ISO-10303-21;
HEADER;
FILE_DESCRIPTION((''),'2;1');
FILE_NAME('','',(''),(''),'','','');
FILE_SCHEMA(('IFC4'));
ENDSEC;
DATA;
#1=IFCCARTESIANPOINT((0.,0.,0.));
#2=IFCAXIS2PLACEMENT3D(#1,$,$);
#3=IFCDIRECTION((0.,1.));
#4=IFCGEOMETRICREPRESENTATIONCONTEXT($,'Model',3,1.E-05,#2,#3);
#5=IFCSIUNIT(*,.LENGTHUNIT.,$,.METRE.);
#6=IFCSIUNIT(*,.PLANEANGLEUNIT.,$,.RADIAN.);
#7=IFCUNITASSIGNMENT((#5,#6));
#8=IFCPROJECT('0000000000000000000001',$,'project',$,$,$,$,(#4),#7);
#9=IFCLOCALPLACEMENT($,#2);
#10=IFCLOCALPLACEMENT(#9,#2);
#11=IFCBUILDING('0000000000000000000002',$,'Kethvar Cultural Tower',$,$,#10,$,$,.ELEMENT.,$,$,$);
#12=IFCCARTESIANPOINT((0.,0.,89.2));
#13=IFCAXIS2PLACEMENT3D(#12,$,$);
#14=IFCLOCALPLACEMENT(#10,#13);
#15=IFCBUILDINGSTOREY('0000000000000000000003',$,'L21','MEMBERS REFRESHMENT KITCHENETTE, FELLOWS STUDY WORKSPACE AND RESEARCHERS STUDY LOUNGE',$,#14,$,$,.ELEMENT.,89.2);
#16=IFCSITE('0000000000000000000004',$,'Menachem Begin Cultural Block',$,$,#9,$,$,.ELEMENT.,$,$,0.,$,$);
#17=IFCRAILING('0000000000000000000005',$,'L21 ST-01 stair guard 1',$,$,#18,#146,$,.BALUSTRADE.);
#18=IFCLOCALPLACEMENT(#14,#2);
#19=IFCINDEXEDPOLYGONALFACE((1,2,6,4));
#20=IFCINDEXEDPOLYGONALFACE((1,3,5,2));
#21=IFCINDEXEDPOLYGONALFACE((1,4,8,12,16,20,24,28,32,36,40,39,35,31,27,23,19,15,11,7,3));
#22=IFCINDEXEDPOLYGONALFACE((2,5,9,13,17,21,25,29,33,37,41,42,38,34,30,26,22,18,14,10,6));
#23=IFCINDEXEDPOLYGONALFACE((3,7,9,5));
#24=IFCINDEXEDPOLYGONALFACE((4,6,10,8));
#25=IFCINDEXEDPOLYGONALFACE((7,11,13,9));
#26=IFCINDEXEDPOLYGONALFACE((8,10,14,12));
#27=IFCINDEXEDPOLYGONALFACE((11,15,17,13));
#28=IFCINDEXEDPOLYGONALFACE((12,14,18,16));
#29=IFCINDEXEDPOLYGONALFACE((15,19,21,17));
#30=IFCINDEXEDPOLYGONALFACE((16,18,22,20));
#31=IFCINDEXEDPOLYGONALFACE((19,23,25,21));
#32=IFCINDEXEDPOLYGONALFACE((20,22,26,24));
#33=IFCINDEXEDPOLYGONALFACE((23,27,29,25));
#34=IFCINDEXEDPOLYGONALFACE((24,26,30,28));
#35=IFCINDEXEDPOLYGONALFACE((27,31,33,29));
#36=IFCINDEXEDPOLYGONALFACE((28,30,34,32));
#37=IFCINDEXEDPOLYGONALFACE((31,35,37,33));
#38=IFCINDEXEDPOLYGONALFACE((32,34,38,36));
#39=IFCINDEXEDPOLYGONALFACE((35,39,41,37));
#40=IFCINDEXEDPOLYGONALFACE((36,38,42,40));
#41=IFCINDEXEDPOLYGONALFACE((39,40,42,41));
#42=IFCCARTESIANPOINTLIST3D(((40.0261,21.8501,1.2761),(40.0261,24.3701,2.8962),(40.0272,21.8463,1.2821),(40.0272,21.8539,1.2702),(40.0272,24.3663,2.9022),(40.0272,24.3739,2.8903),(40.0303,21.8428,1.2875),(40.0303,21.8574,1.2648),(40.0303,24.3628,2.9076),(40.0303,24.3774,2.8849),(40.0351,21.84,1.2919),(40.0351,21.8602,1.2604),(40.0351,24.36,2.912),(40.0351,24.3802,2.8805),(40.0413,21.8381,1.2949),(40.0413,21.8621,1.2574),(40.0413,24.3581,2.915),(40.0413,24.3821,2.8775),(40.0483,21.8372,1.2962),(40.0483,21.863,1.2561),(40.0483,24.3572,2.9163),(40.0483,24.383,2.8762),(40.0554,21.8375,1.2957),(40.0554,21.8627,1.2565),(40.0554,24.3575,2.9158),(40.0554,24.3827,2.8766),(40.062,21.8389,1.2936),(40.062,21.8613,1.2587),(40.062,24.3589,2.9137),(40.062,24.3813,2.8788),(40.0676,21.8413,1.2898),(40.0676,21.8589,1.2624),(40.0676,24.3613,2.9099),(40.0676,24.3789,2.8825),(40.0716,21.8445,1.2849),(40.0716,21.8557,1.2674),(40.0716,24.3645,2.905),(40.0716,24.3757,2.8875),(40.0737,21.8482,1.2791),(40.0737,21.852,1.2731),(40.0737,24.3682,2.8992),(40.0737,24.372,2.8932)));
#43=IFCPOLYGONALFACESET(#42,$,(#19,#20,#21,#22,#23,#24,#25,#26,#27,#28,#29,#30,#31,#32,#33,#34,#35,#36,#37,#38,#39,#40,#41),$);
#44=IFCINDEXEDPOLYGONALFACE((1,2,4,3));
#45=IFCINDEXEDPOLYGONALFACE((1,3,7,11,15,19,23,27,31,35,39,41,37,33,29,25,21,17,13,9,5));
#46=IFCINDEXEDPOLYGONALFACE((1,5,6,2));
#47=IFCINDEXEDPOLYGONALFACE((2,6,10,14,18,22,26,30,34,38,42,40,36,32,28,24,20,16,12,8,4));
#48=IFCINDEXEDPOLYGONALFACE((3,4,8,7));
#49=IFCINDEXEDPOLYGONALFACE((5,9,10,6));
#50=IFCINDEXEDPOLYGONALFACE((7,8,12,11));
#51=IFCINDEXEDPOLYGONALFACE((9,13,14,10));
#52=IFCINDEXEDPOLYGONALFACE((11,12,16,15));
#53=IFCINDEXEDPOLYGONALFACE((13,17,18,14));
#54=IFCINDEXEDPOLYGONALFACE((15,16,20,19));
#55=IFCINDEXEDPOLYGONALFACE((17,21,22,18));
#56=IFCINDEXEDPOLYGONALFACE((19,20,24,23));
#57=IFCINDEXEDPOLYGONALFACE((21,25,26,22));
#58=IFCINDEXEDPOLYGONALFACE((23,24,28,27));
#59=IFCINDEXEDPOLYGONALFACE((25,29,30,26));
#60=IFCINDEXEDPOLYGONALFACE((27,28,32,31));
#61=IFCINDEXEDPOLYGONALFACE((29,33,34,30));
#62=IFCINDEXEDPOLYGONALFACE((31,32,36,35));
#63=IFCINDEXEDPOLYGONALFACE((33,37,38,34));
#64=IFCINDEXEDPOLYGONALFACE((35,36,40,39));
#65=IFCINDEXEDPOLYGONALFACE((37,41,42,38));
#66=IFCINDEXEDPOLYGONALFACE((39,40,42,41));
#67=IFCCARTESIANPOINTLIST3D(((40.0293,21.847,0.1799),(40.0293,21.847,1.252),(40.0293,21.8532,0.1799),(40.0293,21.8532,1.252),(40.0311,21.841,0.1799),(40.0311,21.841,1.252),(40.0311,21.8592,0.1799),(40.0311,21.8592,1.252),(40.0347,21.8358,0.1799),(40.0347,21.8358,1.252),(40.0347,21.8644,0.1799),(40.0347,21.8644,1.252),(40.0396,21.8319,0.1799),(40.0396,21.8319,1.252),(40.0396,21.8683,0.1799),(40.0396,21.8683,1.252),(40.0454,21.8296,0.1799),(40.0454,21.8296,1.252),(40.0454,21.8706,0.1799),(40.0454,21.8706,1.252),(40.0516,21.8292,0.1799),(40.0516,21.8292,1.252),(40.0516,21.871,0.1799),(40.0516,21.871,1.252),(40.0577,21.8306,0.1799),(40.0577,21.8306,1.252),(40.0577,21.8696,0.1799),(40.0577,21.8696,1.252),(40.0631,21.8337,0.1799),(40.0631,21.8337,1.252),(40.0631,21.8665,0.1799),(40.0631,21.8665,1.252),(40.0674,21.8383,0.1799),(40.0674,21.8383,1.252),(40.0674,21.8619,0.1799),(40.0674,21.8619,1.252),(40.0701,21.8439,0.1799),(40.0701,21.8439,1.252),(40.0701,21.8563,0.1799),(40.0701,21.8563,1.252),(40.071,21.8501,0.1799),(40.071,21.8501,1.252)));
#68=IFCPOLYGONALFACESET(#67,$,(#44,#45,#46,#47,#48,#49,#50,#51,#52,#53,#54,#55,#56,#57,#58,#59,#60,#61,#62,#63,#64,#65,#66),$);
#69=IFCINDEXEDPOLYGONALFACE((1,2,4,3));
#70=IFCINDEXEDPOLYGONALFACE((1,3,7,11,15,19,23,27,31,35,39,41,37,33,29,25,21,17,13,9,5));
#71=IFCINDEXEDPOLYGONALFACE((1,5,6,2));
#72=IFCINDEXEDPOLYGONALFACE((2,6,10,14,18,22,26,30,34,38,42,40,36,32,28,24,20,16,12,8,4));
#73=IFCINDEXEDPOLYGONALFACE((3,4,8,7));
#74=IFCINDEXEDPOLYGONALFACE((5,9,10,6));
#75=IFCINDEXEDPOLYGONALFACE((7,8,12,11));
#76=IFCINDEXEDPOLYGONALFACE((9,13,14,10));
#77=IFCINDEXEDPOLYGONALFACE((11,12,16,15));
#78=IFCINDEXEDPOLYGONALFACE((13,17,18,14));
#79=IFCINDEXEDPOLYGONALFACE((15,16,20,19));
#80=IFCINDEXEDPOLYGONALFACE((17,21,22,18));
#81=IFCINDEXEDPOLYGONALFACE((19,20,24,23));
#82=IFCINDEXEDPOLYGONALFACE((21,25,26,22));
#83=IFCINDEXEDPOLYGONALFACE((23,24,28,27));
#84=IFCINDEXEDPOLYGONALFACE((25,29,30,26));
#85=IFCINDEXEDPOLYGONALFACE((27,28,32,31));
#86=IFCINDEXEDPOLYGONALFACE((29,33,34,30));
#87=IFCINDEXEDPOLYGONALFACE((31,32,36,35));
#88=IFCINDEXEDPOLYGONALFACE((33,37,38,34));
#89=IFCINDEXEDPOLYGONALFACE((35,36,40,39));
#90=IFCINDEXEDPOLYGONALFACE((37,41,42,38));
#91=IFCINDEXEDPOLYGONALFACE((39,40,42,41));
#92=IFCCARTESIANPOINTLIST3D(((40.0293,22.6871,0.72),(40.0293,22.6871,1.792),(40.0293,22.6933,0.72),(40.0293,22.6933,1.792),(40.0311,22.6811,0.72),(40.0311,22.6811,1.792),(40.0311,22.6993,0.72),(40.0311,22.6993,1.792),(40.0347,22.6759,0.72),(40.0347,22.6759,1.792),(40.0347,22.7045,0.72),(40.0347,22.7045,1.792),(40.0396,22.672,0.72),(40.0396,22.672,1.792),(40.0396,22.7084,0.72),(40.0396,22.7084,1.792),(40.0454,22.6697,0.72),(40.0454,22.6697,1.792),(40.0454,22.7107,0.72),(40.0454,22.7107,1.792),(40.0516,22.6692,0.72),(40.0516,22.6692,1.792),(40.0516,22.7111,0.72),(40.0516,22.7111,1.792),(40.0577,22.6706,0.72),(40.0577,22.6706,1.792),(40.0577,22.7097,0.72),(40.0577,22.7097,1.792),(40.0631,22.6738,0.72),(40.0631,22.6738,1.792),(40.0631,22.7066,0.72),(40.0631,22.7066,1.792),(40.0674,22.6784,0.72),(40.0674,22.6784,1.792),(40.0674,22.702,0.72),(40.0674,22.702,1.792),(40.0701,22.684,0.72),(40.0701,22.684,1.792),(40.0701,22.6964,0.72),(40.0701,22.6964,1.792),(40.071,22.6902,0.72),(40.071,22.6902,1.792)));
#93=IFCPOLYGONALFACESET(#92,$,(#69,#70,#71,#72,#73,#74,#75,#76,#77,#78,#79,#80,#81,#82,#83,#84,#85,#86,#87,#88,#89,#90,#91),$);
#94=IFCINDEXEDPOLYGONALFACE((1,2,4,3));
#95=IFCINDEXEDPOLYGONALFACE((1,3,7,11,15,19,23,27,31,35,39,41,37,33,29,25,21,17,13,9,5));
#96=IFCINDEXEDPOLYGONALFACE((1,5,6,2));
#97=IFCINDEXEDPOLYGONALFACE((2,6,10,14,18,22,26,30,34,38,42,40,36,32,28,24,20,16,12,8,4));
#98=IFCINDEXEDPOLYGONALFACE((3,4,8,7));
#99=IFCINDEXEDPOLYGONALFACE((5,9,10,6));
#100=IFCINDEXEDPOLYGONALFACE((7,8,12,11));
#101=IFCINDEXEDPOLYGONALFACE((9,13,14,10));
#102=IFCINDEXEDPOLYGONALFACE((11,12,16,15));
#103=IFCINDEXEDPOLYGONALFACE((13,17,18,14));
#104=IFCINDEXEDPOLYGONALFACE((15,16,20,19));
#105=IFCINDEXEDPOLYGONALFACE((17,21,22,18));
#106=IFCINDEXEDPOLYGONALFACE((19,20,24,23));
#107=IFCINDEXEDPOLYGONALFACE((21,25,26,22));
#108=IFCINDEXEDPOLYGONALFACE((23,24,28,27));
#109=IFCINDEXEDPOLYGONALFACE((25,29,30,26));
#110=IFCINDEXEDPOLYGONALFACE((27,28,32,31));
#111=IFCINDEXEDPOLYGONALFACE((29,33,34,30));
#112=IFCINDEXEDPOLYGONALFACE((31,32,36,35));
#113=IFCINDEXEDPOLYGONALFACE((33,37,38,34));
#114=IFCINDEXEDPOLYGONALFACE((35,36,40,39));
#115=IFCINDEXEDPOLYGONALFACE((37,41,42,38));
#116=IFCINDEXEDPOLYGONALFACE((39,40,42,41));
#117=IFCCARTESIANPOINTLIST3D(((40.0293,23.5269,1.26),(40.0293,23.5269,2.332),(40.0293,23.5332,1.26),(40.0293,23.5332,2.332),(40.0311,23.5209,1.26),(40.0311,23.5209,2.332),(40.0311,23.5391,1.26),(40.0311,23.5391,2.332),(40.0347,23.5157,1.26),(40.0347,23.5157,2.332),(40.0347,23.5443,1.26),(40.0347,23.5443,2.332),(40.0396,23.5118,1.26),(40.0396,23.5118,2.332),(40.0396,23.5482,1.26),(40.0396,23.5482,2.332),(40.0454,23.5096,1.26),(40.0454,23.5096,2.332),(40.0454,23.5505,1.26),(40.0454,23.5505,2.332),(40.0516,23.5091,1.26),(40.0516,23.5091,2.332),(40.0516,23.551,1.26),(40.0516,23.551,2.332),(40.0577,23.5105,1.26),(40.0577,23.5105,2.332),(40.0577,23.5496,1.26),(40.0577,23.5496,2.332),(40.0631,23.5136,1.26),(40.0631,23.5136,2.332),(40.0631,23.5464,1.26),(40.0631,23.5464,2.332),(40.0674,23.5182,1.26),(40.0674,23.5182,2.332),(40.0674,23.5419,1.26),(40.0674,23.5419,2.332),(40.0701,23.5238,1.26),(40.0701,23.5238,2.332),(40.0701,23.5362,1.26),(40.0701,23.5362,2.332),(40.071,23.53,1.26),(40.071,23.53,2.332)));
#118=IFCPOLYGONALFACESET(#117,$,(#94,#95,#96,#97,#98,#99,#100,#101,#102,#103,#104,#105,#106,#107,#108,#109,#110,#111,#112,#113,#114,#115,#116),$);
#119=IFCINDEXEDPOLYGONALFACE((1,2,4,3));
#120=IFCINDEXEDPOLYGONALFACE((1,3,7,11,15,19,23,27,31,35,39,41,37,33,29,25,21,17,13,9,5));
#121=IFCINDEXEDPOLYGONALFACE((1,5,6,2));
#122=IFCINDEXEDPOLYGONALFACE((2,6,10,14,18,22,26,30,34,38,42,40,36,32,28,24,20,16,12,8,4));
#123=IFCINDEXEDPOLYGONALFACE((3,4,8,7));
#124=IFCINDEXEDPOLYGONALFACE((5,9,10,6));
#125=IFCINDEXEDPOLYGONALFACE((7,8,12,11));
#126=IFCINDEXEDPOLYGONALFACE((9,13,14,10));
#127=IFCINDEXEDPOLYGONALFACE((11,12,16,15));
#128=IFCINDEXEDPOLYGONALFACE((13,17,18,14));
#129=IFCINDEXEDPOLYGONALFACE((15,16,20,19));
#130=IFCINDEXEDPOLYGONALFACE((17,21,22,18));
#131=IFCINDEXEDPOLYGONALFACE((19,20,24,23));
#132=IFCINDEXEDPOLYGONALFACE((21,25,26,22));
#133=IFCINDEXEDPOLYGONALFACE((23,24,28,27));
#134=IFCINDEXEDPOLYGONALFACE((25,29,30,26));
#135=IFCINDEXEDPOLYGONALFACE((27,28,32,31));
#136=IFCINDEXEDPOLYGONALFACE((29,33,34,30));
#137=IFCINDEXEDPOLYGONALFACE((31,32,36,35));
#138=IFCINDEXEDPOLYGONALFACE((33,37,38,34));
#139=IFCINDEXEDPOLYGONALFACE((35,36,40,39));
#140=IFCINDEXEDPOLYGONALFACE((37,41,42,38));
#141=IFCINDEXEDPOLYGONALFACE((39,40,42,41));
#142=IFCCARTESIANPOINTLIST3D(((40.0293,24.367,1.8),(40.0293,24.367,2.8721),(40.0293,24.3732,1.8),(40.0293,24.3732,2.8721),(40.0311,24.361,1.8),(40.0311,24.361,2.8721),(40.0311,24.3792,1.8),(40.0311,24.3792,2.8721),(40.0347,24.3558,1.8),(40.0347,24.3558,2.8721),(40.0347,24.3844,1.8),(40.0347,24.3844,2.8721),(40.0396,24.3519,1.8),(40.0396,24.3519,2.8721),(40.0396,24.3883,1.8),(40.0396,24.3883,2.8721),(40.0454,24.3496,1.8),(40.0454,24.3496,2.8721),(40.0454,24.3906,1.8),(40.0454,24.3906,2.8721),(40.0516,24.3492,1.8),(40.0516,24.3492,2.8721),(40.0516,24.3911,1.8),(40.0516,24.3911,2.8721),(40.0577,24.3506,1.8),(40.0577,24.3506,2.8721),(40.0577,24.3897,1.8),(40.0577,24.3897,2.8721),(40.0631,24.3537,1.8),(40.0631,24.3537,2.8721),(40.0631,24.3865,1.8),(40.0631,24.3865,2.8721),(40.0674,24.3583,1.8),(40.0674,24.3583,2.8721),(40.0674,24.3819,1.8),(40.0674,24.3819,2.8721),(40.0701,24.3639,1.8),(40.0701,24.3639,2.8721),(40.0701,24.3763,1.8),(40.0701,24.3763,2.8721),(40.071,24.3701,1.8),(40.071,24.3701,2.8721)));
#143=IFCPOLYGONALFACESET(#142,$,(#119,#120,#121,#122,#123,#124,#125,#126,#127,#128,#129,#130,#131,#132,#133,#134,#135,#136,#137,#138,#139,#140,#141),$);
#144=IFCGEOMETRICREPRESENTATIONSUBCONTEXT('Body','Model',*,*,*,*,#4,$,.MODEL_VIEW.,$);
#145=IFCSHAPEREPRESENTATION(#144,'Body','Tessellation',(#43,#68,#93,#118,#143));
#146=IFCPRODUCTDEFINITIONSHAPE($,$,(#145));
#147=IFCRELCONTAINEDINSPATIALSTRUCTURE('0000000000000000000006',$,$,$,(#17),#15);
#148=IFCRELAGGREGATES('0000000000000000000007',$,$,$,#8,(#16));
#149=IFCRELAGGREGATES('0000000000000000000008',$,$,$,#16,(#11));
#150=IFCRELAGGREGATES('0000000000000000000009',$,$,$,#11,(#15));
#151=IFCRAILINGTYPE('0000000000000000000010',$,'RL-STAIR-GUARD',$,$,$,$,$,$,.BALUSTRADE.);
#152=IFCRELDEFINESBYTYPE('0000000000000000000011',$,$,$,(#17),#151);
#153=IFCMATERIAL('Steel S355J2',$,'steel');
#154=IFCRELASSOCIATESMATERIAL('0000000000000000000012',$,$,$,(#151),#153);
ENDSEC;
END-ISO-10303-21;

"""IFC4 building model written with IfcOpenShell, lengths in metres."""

from ifc_helpers import new_model, si_unit, direction, frame, origin, origin_2d, place, context, subcontext, project, spatial, circle, extrude, material, type_object, element, save


model = new_model("IFC4")

# Units and contexts
model_context = context("Model", 3, precision=1e-05, world=origin(), true_north=direction((0.0, 1.0)))
body_context = subcontext(model_context, "Body", "Model", "MODEL_VIEW")
ifc_project = project(units=[si_unit("LENGTHUNIT", "METRE"), si_unit("PLANEANGLEUNIT", "RADIAN")], contexts=[model_context])

# Site, building, storey
site_placement = place(None, origin())
site = spatial("IfcSite", under=ifc_project, at=site_placement, Name="Menachem Begin Cultural Block", CompositionType="ELEMENT", RefElevation=0.0)
building_placement = place(site_placement, origin())
building = spatial("IfcBuilding", under=site, at=building_placement, Name="Kethvar Cultural Tower", CompositionType="ELEMENT")
storey_placement = place(building_placement, frame((0.0, 0.0, 89.2)))
storey = spatial("IfcBuildingStorey", under=building, at=storey_placement, Name="L21", Description="MEMBERS REFRESHMENT KITCHENETTE, FELLOWS STUDY WORKSPACE AND RESEARCHERS STUDY LOUNGE", CompositionType="ELEMENT", Elevation=89.2)

# Shared definitions
ifc_material_1 = material(Name="Steel S355J2", Category="steel")

# Railing
railing_type_1 = type_object("IfcRailingType", Name="RL-STAIR-GUARD", PredefinedType="BALUSTRADE", material=ifc_material_1)
railing_1_placement = place(storey_placement, frame((40.05, 21.8501, 0.1799)))
element("IfcRailing", 1, at=railing_1_placement, inside=storey, type_object=railing_type_1, Name="L21 ST-01 stair guard 1", PredefinedType="BALUSTRADE", context=body_context, shape_type="SweptSolid", body=[
    extrude(circle(Radius=0.0239, at=origin_2d()), frame((0.0, 0.0, 1.0962), z_axis=(0.0, 0.841163, 0.540782), x_axis=(-1.0, 0.0, 0.0)), (0.0, 0.0, 1.0), 2.9958),
    extrude(circle(Radius=0.021, at=origin_2d()), origin(), (0.0, 0.0, 1.0), 1.072),
    extrude(circle(Radius=0.021, at=origin_2d()), frame((0.0, 0.8401, 0.54)), (0.0, 0.0, 1.0), 1.072),
    extrude(circle(Radius=0.021, at=origin_2d()), frame((0.0, 1.6799, 1.0801)), (0.0, 0.0, 1.0), 1.072),
    extrude(circle(Radius=0.021, at=origin_2d()), frame((0.0, 2.52, 1.6201)), (0.0, 0.0, 1.0), 1.072),
])

save(model, "model.ifc")
